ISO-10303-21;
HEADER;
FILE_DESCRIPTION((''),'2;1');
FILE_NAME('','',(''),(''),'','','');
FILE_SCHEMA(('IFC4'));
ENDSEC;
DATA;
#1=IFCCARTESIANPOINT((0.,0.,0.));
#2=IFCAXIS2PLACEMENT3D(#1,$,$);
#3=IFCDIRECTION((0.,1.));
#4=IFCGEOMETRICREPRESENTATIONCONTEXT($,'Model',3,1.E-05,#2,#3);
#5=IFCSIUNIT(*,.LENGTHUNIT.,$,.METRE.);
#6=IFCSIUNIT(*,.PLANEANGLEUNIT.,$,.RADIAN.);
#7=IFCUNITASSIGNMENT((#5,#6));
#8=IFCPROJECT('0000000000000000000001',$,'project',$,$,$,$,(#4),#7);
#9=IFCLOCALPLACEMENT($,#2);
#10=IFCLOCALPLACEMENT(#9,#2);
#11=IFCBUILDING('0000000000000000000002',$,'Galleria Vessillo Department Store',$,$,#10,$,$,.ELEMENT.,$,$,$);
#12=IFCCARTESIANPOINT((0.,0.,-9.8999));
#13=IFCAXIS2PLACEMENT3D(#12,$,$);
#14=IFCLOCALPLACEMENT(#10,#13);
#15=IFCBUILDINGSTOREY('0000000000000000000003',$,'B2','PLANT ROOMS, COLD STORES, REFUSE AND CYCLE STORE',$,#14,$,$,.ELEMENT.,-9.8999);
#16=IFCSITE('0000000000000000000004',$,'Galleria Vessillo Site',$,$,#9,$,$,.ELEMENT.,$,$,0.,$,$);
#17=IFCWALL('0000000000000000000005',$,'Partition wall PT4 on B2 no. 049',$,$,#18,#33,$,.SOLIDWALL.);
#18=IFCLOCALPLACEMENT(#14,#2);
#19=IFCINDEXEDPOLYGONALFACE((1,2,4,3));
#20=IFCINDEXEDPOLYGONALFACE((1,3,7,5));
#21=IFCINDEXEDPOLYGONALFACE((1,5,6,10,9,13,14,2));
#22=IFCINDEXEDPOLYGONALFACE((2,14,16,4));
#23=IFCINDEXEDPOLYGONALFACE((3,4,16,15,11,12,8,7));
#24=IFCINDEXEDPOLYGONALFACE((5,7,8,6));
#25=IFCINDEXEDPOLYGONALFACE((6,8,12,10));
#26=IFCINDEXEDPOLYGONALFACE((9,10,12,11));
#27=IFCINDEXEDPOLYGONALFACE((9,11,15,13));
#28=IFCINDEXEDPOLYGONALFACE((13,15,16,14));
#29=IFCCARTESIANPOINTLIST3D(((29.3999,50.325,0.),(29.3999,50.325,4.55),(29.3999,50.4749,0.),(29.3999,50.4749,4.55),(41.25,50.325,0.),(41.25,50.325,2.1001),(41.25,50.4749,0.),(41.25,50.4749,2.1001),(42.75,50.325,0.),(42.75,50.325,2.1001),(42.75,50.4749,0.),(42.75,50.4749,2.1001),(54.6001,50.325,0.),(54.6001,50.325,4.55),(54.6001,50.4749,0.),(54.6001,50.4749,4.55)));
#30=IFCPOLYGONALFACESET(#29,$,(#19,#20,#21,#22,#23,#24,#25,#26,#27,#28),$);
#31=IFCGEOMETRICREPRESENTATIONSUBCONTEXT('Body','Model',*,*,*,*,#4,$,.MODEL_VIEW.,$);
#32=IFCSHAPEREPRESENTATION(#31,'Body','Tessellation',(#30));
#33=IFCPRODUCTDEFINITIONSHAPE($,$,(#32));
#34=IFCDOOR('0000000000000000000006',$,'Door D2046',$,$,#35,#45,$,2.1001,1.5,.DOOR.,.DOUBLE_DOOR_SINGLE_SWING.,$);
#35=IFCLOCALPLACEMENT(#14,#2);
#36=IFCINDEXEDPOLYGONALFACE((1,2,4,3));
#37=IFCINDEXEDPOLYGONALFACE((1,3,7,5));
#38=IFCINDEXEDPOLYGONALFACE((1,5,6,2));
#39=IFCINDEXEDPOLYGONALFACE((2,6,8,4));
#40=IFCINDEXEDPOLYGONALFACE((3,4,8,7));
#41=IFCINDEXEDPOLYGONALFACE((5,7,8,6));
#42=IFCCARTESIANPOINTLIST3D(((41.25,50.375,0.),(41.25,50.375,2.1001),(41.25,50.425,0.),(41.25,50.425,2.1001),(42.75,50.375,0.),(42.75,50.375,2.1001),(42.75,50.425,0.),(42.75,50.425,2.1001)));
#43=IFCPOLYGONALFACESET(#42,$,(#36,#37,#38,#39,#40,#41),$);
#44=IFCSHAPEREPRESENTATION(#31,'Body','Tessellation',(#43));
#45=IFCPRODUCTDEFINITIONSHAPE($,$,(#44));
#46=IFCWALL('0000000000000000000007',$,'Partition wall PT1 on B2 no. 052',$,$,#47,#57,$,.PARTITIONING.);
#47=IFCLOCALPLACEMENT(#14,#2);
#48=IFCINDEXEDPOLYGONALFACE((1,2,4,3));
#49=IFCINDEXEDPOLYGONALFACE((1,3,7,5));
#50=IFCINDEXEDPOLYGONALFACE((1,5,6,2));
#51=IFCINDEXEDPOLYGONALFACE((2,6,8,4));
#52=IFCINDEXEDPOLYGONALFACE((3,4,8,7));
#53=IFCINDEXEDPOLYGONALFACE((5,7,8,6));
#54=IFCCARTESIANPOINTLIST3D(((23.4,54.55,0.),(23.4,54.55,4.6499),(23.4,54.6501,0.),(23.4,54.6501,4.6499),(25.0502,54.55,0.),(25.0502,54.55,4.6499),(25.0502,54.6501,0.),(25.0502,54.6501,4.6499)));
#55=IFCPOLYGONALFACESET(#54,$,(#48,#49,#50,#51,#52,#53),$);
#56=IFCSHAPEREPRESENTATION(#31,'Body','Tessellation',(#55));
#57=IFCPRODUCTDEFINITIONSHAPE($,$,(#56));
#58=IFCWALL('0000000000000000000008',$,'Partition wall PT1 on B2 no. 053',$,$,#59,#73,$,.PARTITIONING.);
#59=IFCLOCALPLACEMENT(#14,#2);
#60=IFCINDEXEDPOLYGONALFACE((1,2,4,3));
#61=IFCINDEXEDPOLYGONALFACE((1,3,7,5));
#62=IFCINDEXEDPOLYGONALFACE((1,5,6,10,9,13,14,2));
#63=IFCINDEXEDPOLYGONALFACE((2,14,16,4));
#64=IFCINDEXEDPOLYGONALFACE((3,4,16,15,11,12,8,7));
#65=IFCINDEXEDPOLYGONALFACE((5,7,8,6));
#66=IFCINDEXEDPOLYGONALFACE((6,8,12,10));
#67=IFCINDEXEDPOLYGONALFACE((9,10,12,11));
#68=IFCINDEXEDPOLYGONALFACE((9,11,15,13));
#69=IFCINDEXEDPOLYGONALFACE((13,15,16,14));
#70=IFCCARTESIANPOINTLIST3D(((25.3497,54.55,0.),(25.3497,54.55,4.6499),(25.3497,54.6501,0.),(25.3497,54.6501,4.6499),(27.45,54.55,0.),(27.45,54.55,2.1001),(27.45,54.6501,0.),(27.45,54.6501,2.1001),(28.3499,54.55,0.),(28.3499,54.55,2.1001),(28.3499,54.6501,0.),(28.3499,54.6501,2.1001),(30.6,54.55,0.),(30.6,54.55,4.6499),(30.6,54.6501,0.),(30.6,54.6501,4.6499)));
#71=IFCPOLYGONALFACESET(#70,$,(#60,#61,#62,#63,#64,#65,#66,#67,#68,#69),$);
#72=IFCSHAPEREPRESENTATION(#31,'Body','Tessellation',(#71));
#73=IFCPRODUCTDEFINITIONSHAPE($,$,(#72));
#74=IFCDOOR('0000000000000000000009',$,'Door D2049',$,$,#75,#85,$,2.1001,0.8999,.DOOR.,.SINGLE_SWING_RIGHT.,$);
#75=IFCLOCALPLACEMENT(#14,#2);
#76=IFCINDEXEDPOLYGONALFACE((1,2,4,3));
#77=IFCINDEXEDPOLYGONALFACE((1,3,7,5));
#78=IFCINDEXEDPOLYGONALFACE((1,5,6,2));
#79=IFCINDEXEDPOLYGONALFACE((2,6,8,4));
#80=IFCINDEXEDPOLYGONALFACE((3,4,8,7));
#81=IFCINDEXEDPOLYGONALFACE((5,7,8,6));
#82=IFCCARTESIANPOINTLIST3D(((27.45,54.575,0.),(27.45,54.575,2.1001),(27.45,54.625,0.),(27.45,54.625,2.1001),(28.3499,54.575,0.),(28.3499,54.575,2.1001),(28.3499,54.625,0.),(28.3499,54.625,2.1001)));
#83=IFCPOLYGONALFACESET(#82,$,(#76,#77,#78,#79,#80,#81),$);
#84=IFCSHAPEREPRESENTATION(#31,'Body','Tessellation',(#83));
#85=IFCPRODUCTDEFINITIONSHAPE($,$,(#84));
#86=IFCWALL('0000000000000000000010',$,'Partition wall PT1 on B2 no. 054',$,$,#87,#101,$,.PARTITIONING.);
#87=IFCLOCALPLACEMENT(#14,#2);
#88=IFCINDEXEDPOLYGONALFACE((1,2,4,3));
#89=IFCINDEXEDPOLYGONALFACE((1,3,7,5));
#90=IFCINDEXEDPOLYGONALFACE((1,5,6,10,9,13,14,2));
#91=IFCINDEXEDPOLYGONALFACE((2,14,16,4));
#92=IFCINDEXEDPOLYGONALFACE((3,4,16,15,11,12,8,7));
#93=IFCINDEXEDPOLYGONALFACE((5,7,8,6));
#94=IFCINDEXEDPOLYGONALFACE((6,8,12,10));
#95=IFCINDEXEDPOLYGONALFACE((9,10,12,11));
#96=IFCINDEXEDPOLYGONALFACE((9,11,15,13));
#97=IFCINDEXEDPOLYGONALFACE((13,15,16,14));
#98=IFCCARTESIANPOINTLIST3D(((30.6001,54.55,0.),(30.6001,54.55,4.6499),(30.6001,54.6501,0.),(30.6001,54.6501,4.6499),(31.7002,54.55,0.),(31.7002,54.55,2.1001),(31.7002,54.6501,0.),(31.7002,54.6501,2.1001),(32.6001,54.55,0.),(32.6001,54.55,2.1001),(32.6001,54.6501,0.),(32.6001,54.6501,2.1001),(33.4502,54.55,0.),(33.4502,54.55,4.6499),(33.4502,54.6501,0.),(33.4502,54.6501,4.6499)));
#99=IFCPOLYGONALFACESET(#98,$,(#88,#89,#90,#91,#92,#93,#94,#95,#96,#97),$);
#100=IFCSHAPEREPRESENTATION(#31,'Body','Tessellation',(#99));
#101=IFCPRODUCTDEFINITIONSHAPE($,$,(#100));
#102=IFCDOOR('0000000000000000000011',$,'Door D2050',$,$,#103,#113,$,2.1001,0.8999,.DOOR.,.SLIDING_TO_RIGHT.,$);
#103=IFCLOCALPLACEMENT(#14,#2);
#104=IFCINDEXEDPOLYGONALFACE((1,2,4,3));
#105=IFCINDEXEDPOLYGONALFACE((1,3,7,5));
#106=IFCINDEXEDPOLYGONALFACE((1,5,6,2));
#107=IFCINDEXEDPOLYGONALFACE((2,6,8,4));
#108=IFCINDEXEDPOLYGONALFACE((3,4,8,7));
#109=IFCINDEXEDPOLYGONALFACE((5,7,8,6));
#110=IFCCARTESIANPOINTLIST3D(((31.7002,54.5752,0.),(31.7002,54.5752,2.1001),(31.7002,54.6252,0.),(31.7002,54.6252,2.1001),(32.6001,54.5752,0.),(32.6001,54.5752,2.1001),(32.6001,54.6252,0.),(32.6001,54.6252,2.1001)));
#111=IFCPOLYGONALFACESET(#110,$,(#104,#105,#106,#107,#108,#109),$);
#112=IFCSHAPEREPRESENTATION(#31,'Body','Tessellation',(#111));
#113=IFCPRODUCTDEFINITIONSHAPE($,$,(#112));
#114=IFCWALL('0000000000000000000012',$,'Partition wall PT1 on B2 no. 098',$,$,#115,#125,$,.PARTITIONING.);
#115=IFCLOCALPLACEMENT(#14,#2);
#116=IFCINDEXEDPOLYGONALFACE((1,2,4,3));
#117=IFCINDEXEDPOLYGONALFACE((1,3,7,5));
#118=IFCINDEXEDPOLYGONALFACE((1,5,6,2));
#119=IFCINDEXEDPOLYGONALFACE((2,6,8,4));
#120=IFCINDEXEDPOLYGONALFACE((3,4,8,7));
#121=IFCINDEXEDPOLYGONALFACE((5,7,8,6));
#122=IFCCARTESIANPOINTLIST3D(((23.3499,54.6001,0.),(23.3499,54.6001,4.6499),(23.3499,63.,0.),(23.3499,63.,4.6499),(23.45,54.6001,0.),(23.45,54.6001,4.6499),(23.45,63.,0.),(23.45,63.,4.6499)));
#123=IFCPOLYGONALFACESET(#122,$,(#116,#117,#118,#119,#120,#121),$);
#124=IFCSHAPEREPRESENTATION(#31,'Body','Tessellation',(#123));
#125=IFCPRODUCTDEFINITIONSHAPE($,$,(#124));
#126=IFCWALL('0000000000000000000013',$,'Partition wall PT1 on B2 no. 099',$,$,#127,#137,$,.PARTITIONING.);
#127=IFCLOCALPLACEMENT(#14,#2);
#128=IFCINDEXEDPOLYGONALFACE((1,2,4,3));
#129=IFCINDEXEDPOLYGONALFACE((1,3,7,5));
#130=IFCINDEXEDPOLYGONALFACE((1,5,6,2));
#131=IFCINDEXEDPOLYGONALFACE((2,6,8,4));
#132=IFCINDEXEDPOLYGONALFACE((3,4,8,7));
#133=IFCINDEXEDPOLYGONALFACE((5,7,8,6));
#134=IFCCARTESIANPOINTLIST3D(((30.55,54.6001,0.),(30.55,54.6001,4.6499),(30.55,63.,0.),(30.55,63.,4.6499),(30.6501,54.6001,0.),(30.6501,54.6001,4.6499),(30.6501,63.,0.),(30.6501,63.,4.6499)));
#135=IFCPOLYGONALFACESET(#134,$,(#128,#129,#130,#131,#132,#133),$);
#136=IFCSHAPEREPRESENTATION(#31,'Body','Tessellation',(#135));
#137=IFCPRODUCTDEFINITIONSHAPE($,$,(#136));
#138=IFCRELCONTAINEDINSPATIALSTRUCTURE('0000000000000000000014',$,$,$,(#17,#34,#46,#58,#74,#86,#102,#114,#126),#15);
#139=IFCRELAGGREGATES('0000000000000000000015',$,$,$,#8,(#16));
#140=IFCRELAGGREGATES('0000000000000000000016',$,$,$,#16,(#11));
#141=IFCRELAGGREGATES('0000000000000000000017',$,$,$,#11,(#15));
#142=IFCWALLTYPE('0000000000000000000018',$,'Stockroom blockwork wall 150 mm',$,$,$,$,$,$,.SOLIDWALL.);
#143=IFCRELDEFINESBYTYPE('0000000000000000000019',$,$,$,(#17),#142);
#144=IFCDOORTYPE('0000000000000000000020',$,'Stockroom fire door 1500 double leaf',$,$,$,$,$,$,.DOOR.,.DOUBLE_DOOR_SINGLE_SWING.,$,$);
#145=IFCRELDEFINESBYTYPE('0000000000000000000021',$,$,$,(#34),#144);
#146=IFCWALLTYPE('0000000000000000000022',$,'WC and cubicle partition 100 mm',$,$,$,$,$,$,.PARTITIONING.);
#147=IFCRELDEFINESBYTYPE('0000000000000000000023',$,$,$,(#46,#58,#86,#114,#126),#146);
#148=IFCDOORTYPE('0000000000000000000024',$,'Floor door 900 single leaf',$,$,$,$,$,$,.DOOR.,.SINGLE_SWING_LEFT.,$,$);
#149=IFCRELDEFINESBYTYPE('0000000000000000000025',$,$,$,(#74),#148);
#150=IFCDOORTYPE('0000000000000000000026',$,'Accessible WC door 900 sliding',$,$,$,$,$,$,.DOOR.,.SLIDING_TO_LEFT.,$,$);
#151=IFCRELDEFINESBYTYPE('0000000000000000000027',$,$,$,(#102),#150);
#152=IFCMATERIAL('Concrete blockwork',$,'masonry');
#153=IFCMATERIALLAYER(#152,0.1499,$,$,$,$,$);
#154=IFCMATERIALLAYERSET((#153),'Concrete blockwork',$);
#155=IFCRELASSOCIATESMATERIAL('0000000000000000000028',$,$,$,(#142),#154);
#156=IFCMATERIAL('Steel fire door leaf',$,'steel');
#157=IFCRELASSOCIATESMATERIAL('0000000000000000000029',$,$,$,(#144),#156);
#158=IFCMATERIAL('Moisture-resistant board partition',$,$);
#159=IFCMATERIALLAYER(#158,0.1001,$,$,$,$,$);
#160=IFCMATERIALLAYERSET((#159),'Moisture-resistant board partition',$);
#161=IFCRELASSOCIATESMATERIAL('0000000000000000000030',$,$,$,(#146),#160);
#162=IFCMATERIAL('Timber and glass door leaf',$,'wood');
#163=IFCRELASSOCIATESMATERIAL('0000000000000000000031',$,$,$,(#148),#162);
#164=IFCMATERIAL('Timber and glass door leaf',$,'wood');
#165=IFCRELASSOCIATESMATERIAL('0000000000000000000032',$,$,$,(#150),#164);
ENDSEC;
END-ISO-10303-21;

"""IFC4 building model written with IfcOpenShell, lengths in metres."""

from ifc_helpers import new_model, si_unit, direction, frame, frame_2d, origin, place, context, subcontext, project, spatial, rectangle, extrude, material, layer, layer_set, type_object, element, fill, save


model = new_model("IFC4")

# Units and contexts
model_context = context("Model", 3, precision=1e-05, world=origin(), true_north=direction((0.0, 1.0)))
body_context = subcontext(model_context, "Body", "Model", "MODEL_VIEW")
ifc_project = project(units=[si_unit("LENGTHUNIT", "METRE"), si_unit("PLANEANGLEUNIT", "RADIAN")], contexts=[model_context])

# Site, building, storey
site_placement = place(None, origin())
site = spatial("IfcSite", under=ifc_project, at=site_placement, Name="Galleria Vessillo Site", CompositionType="ELEMENT", RefElevation=0.0)
building_placement = place(site_placement, origin())
building = spatial("IfcBuilding", under=site, at=building_placement, Name="Galleria Vessillo Department Store", CompositionType="ELEMENT")
storey_placement = place(building_placement, frame((0.0, 0.0, -9.8999)))
storey = spatial("IfcBuildingStorey", under=building, at=storey_placement, Name="B2", Description="PLANT ROOMS, COLD STORES, REFUSE AND CYCLE STORE", CompositionType="ELEMENT", Elevation=-9.8999)

# Wall, opening, door
ifc_material_1 = material(Name="Concrete blockwork", Category="masonry")
ifc_layer_1 = layer(ifc_material_1, 0.1499)
ifc_layer_set_1 = layer_set([ifc_layer_1], Name="Concrete blockwork")
wall_type_1 = type_object("IfcWallType", Name="Stockroom blockwork wall 150 mm", PredefinedType="SOLIDWALL", material=ifc_layer_set_1)
wall_1_placement = place(storey_placement, frame((29.3999, 50.3999, 0.0), z_axis=(0.0, 0.0, 1.0), x_axis=(1.0, 0.0, 0.0)))
wall_1 = element("IfcWall", 1, at=wall_1_placement, inside=storey, type_object=wall_type_1, Name="Partition wall PT4 on B2 no. 049", PredefinedType="SOLIDWALL", context=body_context, shape_type="SweptSolid", body=[
    extrude(rectangle(XDim=25.2002, YDim=0.1499, at=frame_2d((12.6001, 0.0))), origin(), (0.0, 0.0, 1.0), 4.55),
])
opening_1_placement = place(wall_1_placement, frame((11.8501, 0.0, 0.0)))
opening_1 = element("IfcOpeningElement", 2, at=opening_1_placement, cuts=wall_1, PredefinedType="OPENING", context=body_context, shape_type="SweptSolid", body=[
    extrude(rectangle(XDim=1.5, YDim=2.1001, at=frame_2d((0.75, 1.05))), frame((0.0, 0.085, 0.0), z_axis=(0.0, -1.0, 0.0), x_axis=(1.0, 0.0, 0.0)), (0.0, 0.0, 1.0), 0.1699),
])
ifc_material_2 = material(Name="Steel fire door leaf", Category="steel")
door_type_1 = type_object("IfcDoorType", Name="Stockroom fire door 1500 double leaf", OperationType="DOUBLE_DOOR_SINGLE_SWING", PredefinedType="DOOR", material=ifc_material_2)
door_1_placement = place(opening_1_placement, frame((1.5, 0.0, 0.0), z_axis=(0.0, 0.0, 1.0), x_axis=(-1.0, 0.0, 0.0)))
door_1 = element("IfcDoor", 3, at=door_1_placement, inside=storey, type_object=door_type_1, Name="Door D2046", OperationType="DOUBLE_DOOR_SINGLE_SWING", OverallHeight=2.1001, OverallWidth=1.5, PredefinedType="DOOR", context=body_context, shape_type="SweptSolid", body=[
    extrude(rectangle(XDim=1.5, YDim=2.1001, at=frame_2d((0.75, 1.05))), frame((0.0, 0.0249, 0.0), z_axis=(0.0, -1.0, 0.0), x_axis=(1.0, 0.0, 0.0)), (0.0, 0.0, 1.0), 0.05),
])
fill(opening_1, door_1)

# Wall
ifc_material_3 = material(Name="Moisture-resistant board partition")
ifc_layer_2 = layer(ifc_material_3, 0.1001)
ifc_layer_set_2 = layer_set([ifc_layer_2], Name="Moisture-resistant board partition")
wall_type_2 = type_object("IfcWallType", Name="WC and cubicle partition 100 mm", PredefinedType="PARTITIONING", material=ifc_layer_set_2)
wall_2_placement = place(storey_placement, frame((23.3999, 54.6001, 0.0), z_axis=(0.0, 0.0, 1.0), x_axis=(1.0, 0.0, 0.0)))
element("IfcWall", 4, at=wall_2_placement, inside=storey, type_object=wall_type_2, Name="Partition wall PT1 on B2 no. 052", PredefinedType="PARTITIONING", context=body_context, shape_type="SweptSolid", body=[
    extrude(rectangle(XDim=1.6501, YDim=0.1001, at=frame_2d((0.8252, 0.0))), origin(), (0.0, 0.0, 1.0), 4.6499),
])

# Walls, openings, doors
wall_3_placement = place(storey_placement, frame((25.3499, 54.6001, 0.0), z_axis=(0.0, 0.0, 1.0), x_axis=(1.0, 0.0, 0.0)))
wall_3 = element("IfcWall", 5, at=wall_3_placement, inside=storey, type_object=wall_type_2, Name="Partition wall PT1 on B2 no. 053", PredefinedType="PARTITIONING", context=body_context, shape_type="SweptSolid", body=[
    extrude(rectangle(XDim=5.2502, YDim=0.1001, at=frame_2d((2.625, 0.0))), origin(), (0.0, 0.0, 1.0), 4.6499),
])
opening_2_placement = place(wall_3_placement, frame((2.1001, 0.0, 0.0)))
opening_2 = element("IfcOpeningElement", 6, at=opening_2_placement, cuts=wall_3, PredefinedType="OPENING", context=body_context, shape_type="SweptSolid", body=[
    extrude(rectangle(XDim=0.8999, YDim=2.1001, at=frame_2d((0.45, 1.05))), frame((0.0, 0.0601, 0.0), z_axis=(0.0, -1.0, 0.0), x_axis=(1.0, 0.0, 0.0)), (0.0, 0.0, 1.0), 0.1201),
])
ifc_material_4 = material(Name="Timber and glass door leaf", Category="wood")
door_type_2 = type_object("IfcDoorType", Name="Floor door 900 single leaf", OperationType="SINGLE_SWING_LEFT", PredefinedType="DOOR", material=ifc_material_4)
door_2_placement = place(opening_2_placement, origin())
door_2 = element("IfcDoor", 7, at=door_2_placement, inside=storey, type_object=door_type_2, Name="Door D2049", OperationType="SINGLE_SWING_RIGHT", OverallHeight=2.1001, OverallWidth=0.8999, PredefinedType="DOOR", context=body_context, shape_type="SweptSolid", body=[
    extrude(rectangle(XDim=0.8999, YDim=2.1001, at=frame_2d((0.45, 1.05))), frame((0.0, 0.0249, 0.0), z_axis=(0.0, -1.0, 0.0), x_axis=(1.0, 0.0, 0.0)), (0.0, 0.0, 1.0), 0.05),
])
fill(opening_2, door_2)
wall_4_placement = place(storey_placement, frame((30.6001, 54.6001, 0.0), z_axis=(0.0, 0.0, 1.0), x_axis=(1.0, 0.0, 0.0)))
wall_4 = element("IfcWall", 8, at=wall_4_placement, inside=storey, type_object=wall_type_2, Name="Partition wall PT1 on B2 no. 054", PredefinedType="PARTITIONING", context=body_context, shape_type="SweptSolid", body=[
    extrude(rectangle(XDim=2.8501, YDim=0.1001, at=frame_2d((1.425, 0.0))), origin(), (0.0, 0.0, 1.0), 4.6499),
])
opening_3_placement = place(wall_4_placement, frame((1.1001, 0.0, 0.0)))
opening_3 = element("IfcOpeningElement", 9, at=opening_3_placement, cuts=wall_4, PredefinedType="OPENING", context=body_context, shape_type="SweptSolid", body=[
    extrude(rectangle(XDim=0.8999, YDim=2.1001, at=frame_2d((0.45, 1.05))), frame((0.0, 0.0601, 0.0), z_axis=(0.0, -1.0, 0.0), x_axis=(1.0, 0.0, 0.0)), (0.0, 0.0, 1.0), 0.1201),
])
ifc_material_5 = material(Name="Timber and glass door leaf", Category="wood")
door_type_3 = type_object("IfcDoorType", Name="Accessible WC door 900 sliding", OperationType="SLIDING_TO_LEFT", PredefinedType="DOOR", material=ifc_material_5)
door_3_placement = place(opening_3_placement, frame((0.8999, 0.0, 0.0), z_axis=(0.0, 0.0, 1.0), x_axis=(-1.0, 0.0, 0.0)))
door_3 = element("IfcDoor", 10, at=door_3_placement, inside=storey, type_object=door_type_3, Name="Door D2050", OperationType="SLIDING_TO_RIGHT", OverallHeight=2.1001, OverallWidth=0.8999, PredefinedType="DOOR", context=body_context, shape_type="SweptSolid", body=[
    extrude(rectangle(XDim=0.8999, YDim=2.1001, at=frame_2d((0.45, 1.05))), frame((0.0, 0.0249, 0.0), z_axis=(0.0, -1.0, 0.0), x_axis=(1.0, 0.0, 0.0)), (0.0, 0.0, 1.0), 0.05),
])
fill(opening_3, door_3)

# Walls
for number, where, z_axis, x_axis, name in (
    (11, (23.3999, 54.6001, 0.0), (0.0, 0.0, 1.0), (0.0, 1.0, 0.0), "Partition wall PT1 on B2 no. 098"),
    (12, (30.6001, 54.6001, 0.0), (0.0, 0.0, 1.0), (0.0, 1.0, 0.0), "Partition wall PT1 on B2 no. 099"),
):
    element("IfcWall", number, at=place(storey_placement, frame(where, z_axis=z_axis, x_axis=x_axis)), inside=storey, type_object=wall_type_2, Name=name, PredefinedType="PARTITIONING", context=body_context, shape_type="SweptSolid", body=[
        extrude(rectangle(XDim=8.3999, YDim=0.1001, at=frame_2d((4.2, 0.0))), origin(), (0.0, 0.0, 1.0), 4.6499),
    ])

save(model, "model.ifc")
